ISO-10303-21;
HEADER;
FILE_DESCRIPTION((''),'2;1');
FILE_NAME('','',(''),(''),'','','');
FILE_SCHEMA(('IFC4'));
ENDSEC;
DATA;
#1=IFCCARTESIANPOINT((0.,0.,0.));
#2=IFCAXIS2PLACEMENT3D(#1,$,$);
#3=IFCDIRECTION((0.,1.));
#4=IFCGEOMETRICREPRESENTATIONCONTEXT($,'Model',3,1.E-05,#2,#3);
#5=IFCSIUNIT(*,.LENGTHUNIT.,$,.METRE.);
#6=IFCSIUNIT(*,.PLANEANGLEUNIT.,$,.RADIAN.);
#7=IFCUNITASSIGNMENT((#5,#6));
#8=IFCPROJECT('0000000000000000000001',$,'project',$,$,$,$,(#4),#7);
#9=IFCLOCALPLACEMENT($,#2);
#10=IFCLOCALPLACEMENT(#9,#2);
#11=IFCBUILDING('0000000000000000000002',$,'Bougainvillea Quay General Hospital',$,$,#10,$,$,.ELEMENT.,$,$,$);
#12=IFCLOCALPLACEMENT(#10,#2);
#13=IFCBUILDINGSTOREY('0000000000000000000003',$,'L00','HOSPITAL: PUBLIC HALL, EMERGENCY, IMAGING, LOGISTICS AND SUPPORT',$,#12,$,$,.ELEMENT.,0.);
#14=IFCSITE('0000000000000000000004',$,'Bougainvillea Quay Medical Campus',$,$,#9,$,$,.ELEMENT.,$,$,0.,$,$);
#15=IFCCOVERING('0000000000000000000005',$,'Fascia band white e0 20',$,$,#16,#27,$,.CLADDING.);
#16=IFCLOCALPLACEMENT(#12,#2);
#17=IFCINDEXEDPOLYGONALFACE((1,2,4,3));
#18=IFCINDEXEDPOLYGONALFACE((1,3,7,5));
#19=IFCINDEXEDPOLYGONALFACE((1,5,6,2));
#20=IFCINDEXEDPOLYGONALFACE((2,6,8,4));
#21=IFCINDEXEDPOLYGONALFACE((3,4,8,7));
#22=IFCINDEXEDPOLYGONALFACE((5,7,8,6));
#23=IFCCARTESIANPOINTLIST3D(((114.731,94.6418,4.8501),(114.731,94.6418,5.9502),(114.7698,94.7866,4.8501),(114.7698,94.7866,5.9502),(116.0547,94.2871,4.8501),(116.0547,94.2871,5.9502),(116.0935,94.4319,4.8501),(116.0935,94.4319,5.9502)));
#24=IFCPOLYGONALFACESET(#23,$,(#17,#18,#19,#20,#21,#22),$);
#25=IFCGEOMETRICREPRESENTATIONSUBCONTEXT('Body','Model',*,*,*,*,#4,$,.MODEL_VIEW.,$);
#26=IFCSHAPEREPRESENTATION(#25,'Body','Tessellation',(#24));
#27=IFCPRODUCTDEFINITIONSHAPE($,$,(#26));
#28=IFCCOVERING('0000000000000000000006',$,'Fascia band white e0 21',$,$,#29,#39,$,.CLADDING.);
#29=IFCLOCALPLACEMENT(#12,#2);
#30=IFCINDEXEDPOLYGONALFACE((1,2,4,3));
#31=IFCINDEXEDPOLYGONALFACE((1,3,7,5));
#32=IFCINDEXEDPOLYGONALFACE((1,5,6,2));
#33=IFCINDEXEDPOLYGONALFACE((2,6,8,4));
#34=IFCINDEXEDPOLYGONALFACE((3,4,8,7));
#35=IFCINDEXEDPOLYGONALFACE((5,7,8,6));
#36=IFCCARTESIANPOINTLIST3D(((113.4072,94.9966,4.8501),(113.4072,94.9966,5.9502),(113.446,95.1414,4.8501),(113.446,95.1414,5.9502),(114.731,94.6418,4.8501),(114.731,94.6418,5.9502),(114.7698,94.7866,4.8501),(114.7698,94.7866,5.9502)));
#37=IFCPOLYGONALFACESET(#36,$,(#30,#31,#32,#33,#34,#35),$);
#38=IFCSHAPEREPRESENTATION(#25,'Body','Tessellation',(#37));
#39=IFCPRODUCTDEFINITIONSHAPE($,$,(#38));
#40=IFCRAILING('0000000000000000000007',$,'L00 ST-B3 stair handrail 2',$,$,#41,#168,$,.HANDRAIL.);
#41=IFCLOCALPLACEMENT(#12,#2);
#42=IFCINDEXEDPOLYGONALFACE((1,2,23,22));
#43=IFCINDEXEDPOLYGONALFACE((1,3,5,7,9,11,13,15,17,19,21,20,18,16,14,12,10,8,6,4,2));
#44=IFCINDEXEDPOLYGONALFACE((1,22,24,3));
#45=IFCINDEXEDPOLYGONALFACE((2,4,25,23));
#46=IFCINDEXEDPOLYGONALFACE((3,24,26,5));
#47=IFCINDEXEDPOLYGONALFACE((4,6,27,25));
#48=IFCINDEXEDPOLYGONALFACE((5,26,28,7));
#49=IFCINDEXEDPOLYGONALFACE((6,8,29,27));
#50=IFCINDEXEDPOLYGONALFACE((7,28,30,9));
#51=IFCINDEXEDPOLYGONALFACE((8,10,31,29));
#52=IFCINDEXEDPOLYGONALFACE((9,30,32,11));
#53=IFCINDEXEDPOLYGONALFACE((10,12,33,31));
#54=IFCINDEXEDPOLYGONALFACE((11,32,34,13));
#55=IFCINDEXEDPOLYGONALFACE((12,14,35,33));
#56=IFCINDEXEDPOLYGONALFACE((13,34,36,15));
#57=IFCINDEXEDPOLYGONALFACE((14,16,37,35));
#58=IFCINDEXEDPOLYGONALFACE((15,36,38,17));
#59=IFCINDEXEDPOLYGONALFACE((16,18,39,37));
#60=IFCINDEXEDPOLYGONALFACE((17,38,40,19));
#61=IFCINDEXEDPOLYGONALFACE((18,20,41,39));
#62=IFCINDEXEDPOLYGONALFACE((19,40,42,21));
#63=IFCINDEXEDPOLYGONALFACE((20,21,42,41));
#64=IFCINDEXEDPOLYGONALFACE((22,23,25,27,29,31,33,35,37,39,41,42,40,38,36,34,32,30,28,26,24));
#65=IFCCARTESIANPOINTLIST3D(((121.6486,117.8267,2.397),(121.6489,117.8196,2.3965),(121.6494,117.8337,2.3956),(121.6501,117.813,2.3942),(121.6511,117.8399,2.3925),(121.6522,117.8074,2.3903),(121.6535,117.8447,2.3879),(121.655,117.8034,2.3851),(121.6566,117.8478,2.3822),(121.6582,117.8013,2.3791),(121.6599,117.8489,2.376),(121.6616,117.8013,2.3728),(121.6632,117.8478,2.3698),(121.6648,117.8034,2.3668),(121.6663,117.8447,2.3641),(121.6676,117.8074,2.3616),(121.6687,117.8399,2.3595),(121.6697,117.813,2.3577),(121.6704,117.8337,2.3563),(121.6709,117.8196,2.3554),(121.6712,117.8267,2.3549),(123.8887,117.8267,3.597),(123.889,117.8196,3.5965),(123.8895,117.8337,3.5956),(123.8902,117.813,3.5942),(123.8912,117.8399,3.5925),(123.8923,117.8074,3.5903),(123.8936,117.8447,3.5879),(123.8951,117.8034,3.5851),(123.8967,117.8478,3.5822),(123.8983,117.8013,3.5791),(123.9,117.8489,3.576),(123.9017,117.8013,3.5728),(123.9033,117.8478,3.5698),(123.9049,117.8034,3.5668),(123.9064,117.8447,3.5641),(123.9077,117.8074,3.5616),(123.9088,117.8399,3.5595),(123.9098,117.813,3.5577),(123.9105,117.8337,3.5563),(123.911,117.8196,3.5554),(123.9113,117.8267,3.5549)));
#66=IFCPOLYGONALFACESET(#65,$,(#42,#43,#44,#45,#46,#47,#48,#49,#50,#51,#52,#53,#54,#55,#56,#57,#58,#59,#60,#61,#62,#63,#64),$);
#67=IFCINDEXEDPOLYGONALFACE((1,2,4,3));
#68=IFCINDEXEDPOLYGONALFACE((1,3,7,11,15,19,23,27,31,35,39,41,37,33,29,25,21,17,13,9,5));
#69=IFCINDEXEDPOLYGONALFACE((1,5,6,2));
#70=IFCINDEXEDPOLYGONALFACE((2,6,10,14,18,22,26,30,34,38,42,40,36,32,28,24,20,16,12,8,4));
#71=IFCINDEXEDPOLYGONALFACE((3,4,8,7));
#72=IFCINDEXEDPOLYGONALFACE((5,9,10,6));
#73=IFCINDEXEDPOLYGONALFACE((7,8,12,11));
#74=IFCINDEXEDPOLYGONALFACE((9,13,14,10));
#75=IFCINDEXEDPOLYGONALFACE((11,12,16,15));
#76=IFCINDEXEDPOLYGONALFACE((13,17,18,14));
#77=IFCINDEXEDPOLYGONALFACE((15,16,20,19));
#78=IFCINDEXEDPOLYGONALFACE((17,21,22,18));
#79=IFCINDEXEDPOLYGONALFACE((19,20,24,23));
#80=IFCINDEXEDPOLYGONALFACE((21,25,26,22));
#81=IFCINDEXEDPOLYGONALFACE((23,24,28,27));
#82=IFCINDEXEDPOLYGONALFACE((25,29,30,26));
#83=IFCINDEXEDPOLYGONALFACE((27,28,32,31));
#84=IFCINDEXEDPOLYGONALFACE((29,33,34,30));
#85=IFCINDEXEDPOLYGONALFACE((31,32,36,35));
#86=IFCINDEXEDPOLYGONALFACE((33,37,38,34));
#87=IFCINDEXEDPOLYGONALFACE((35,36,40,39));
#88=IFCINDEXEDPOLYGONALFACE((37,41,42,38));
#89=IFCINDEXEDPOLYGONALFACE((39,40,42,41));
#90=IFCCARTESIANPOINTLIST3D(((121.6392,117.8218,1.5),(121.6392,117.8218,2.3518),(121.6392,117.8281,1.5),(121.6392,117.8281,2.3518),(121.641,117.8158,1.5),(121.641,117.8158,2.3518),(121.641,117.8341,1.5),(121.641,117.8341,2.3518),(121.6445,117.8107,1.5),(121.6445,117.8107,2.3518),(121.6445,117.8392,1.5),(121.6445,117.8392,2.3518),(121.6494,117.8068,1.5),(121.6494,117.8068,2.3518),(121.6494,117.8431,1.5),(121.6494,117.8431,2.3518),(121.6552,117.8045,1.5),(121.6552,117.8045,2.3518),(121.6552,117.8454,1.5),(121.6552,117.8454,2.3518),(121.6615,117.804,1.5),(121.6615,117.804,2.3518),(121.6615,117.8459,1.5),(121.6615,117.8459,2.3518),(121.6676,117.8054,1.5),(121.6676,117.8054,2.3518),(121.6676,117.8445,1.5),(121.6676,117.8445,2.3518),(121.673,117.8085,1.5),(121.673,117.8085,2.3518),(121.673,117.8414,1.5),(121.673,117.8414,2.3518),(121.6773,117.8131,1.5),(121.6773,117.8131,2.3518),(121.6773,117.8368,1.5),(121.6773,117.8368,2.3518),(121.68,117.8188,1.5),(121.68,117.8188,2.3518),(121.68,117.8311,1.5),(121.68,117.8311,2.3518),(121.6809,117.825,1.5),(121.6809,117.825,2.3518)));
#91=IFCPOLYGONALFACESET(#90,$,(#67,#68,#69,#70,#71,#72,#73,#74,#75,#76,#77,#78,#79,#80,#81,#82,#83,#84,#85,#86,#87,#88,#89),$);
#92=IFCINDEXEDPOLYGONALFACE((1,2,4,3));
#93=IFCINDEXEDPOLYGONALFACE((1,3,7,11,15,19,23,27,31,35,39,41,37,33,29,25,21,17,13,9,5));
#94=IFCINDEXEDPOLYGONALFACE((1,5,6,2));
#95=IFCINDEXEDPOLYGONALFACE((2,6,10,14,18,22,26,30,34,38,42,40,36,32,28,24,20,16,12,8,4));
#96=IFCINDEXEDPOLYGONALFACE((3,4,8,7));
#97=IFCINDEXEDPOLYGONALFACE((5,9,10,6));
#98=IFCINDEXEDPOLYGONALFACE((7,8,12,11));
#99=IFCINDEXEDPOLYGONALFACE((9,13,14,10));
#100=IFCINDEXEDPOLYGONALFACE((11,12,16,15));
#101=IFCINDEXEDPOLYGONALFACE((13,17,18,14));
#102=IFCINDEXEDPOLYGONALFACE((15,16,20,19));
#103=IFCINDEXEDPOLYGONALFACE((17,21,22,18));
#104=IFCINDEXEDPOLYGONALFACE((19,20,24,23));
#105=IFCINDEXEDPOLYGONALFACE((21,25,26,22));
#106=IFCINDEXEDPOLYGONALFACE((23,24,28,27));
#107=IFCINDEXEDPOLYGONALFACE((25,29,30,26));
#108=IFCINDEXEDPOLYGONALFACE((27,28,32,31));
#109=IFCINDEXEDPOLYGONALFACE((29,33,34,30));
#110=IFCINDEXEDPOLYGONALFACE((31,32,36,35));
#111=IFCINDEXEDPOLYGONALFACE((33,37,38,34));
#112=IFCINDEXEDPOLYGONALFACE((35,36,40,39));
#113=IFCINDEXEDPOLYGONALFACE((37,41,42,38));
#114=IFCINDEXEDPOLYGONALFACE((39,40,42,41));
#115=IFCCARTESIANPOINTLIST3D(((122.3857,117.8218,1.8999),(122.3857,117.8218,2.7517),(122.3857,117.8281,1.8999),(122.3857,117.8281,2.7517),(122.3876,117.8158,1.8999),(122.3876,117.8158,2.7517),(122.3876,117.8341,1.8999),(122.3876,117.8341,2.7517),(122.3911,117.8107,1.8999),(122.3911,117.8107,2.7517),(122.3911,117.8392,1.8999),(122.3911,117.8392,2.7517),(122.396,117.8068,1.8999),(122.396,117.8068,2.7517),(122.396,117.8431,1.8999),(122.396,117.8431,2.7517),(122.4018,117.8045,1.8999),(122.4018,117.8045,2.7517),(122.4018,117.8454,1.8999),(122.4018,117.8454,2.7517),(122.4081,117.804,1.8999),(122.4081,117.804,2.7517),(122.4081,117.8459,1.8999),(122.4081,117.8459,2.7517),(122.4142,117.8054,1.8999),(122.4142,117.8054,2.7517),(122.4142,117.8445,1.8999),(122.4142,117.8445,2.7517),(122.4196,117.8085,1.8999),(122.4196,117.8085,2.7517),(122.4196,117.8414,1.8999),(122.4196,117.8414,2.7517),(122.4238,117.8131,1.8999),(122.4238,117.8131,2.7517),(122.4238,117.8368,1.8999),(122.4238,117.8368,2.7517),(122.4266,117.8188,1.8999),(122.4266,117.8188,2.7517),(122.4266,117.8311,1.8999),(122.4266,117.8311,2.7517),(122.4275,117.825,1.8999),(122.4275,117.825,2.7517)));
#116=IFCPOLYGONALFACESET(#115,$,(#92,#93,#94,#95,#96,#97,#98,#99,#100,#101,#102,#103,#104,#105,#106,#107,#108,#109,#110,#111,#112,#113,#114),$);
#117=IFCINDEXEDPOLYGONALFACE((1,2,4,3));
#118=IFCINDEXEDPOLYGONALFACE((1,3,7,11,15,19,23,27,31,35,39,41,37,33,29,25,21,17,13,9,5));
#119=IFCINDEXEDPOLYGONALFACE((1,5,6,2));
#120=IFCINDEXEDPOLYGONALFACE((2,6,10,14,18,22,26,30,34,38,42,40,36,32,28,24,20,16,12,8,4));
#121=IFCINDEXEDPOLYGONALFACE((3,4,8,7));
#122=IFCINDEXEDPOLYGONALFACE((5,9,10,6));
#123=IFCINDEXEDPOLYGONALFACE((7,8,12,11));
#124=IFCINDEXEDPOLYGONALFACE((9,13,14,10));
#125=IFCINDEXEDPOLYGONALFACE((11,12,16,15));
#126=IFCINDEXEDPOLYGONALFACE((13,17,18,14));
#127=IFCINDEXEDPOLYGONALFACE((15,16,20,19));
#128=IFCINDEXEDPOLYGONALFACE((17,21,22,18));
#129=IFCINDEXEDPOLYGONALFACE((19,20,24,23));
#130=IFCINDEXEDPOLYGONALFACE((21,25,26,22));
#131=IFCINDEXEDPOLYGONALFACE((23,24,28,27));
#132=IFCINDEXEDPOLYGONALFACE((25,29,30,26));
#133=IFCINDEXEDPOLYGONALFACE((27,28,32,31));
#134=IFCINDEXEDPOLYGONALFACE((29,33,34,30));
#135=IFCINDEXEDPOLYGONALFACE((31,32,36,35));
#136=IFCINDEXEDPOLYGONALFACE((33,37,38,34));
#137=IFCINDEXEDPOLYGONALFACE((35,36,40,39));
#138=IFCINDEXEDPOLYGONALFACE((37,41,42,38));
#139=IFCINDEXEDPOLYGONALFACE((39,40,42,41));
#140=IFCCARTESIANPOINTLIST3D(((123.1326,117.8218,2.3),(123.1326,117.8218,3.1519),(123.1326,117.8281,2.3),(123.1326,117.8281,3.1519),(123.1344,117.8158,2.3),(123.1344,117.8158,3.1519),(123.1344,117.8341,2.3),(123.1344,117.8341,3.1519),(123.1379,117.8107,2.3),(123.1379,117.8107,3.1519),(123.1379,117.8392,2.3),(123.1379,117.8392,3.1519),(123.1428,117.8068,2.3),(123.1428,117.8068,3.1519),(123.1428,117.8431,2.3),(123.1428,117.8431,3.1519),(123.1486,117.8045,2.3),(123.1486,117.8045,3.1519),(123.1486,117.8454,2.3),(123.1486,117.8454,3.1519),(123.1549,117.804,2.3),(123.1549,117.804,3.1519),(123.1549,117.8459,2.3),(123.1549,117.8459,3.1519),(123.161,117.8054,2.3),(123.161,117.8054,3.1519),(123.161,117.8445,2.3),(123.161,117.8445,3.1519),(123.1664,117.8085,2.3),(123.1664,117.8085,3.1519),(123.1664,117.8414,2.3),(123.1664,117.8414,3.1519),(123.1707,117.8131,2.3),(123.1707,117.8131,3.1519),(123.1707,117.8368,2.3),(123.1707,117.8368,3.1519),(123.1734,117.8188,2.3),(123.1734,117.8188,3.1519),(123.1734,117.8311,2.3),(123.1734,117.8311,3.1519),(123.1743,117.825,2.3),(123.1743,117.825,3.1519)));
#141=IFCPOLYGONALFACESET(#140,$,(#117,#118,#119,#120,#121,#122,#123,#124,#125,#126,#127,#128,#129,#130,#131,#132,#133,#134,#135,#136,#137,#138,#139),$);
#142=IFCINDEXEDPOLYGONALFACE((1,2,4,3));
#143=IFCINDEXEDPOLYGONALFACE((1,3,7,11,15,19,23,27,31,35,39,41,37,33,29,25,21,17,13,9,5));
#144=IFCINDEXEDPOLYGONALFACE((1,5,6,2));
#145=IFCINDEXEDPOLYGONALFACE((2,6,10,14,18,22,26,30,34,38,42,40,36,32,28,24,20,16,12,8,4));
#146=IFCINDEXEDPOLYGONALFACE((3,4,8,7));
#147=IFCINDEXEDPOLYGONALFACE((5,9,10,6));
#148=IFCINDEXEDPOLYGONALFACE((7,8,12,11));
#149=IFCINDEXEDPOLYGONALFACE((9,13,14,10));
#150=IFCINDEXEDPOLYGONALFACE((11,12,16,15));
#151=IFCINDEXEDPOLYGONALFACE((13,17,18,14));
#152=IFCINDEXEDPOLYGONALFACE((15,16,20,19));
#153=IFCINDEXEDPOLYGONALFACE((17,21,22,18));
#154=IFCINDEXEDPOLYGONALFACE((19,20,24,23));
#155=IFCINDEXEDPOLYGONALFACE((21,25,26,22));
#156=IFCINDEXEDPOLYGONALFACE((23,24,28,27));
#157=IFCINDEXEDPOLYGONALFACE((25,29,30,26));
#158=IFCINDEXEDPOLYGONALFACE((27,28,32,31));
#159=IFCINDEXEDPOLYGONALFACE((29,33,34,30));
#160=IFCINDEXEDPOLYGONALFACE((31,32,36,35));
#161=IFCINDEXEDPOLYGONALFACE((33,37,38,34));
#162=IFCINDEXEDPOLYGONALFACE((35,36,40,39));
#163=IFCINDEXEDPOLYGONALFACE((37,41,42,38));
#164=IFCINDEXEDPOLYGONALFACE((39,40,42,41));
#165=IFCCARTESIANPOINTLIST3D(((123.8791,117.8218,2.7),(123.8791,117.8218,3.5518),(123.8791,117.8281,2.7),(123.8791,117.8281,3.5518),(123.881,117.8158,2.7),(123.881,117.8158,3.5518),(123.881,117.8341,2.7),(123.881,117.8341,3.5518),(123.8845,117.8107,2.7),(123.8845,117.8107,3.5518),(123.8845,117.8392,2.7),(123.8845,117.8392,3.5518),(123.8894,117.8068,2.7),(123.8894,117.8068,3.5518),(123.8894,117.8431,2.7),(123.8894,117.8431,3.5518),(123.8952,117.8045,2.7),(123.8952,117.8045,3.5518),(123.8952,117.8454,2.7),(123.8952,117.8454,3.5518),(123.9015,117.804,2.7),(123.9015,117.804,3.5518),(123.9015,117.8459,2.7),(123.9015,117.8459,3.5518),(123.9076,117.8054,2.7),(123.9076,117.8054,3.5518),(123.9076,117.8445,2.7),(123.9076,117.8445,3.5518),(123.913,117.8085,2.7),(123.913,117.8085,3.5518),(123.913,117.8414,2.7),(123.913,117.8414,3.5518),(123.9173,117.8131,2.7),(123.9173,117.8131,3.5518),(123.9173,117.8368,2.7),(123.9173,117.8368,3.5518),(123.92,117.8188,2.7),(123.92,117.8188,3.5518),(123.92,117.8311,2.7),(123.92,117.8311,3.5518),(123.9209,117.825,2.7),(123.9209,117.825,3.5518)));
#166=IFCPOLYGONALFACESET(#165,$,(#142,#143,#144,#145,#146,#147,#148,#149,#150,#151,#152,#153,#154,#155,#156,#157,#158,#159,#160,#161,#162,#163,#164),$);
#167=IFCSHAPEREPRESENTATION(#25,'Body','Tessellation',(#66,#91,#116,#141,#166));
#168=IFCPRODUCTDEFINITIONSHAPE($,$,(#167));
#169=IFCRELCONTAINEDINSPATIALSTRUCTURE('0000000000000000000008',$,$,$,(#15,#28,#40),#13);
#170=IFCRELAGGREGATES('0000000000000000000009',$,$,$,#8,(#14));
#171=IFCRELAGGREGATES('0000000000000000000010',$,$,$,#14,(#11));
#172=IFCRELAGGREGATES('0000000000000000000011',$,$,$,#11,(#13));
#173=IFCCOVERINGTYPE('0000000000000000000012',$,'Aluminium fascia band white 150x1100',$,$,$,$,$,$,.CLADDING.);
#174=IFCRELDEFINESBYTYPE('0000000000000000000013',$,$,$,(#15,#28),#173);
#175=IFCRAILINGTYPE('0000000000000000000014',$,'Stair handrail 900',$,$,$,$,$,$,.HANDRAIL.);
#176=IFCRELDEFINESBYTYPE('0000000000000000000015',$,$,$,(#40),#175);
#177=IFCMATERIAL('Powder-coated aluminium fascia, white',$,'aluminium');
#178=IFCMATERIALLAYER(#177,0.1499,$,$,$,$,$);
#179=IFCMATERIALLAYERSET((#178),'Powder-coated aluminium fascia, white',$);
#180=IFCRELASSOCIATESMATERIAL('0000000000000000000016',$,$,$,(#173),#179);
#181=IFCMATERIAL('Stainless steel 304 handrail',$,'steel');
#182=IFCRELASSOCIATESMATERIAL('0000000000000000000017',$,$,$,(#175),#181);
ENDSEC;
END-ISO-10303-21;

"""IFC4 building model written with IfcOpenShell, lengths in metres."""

from ifc_helpers import new_model, si_unit, direction, frame, origin, origin_2d, place, context, subcontext, project, spatial, polyline, circle, outline, extrude, material, layer, layer_set, type_object, element, save


model = new_model("IFC4")

# Units and contexts
model_context = context("Model", 3, precision=1e-05, world=origin(), true_north=direction((0.0, 1.0)))
body_context = subcontext(model_context, "Body", "Model", "MODEL_VIEW")
ifc_project = project(units=[si_unit("LENGTHUNIT", "METRE"), si_unit("PLANEANGLEUNIT", "RADIAN")], contexts=[model_context])

# Site, building, storey
site_placement = place(None, origin())
site = spatial("IfcSite", under=ifc_project, at=site_placement, Name="Bougainvillea Quay Medical Campus", CompositionType="ELEMENT", RefElevation=0.0)
building_placement = place(site_placement, origin())
building = spatial("IfcBuilding", under=site, at=building_placement, Name="Bougainvillea Quay General Hospital", CompositionType="ELEMENT")
storey_placement = place(building_placement, origin())
storey = spatial("IfcBuildingStorey", under=building, at=storey_placement, Name="L00", Description="HOSPITAL: PUBLIC HALL, EMERGENCY, IMAGING, LOGISTICS AND SUPPORT", CompositionType="ELEMENT", Elevation=0.0)

# Coverings
ifc_material_1 = material(Name="Powder-coated aluminium fascia, white", Category="aluminium")
ifc_layer_1 = layer(ifc_material_1, 0.1499)
ifc_layer_set_1 = layer_set([ifc_layer_1], Name="Powder-coated aluminium fascia, white")
covering_type = type_object("IfcCoveringType", Name="Aluminium fascia band white 150x1100", PredefinedType="CLADDING", material=ifc_layer_set_1)
for number, where, z_axis, x_axis, name in (
    (1, (116.0547, 94.2871, 4.8501), (0.0, 0.0, 1.0), (-0.965918, 0.258849, 0.0), "Fascia band white e0 20"),
    (2, (114.731, 94.6418, 4.8501), (0.0, 0.0, 1.0), (-0.965918, 0.258849, 0.0), "Fascia band white e0 21"),
):
    element("IfcCovering", number, at=place(storey_placement, frame(where, z_axis=z_axis, x_axis=x_axis)), inside=storey, type_object=covering_type, Name=name, PredefinedType="CLADDING", context=body_context, shape_type="SweptSolid", body=[
        extrude(outline(polyline([(0.0, 0.0), (1.3704, 0.0), (1.3704, -0.1499), (0.0, -0.1499), (0.0, 0.0)])), origin(), (0.0, 0.0, 1.0), 1.1001),
    ])

# Railing
ifc_material_2 = material(Name="Stainless steel 304 handrail", Category="steel")
railing_type = type_object("IfcRailingType", Name="Stair handrail 900", PredefinedType="HANDRAIL", material=ifc_material_2)
for number, where, name in (
    (3, (121.6599, 117.825, 1.5), "L00 ST-B3 stair handrail 2"),
):
    element("IfcRailing", number, at=place(storey_placement, frame(where)), inside=storey, type_object=railing_type, Name=name, PredefinedType="HANDRAIL", context=body_context, shape_type="SweptSolid", body=[
        extrude(circle(Radius=0.0239, at=origin_2d()), frame((0.0, 0.0, 0.876), z_axis=(0.881487, 0.0, 0.472208), x_axis=(0.0, 1.0, 0.0)), (0.0, 0.0, 1.0), 2.5413),
        extrude(circle(Radius=0.021, at=origin_2d()), origin(), (0.0, 0.0, 1.0), 0.8518),
        extrude(circle(Radius=0.021, at=origin_2d()), frame((0.7466, 0.0, 0.3999)), (0.0, 0.0, 1.0), 0.8518),
        extrude(circle(Radius=0.021, at=origin_2d()), frame((1.4934, 0.0, 0.8)), (0.0, 0.0, 1.0), 0.8518),
        extrude(circle(Radius=0.021, at=origin_2d()), frame((2.24, 0.0, 1.2)), (0.0, 0.0, 1.0), 0.8518),
    ])

save(model, "model.ifc")
